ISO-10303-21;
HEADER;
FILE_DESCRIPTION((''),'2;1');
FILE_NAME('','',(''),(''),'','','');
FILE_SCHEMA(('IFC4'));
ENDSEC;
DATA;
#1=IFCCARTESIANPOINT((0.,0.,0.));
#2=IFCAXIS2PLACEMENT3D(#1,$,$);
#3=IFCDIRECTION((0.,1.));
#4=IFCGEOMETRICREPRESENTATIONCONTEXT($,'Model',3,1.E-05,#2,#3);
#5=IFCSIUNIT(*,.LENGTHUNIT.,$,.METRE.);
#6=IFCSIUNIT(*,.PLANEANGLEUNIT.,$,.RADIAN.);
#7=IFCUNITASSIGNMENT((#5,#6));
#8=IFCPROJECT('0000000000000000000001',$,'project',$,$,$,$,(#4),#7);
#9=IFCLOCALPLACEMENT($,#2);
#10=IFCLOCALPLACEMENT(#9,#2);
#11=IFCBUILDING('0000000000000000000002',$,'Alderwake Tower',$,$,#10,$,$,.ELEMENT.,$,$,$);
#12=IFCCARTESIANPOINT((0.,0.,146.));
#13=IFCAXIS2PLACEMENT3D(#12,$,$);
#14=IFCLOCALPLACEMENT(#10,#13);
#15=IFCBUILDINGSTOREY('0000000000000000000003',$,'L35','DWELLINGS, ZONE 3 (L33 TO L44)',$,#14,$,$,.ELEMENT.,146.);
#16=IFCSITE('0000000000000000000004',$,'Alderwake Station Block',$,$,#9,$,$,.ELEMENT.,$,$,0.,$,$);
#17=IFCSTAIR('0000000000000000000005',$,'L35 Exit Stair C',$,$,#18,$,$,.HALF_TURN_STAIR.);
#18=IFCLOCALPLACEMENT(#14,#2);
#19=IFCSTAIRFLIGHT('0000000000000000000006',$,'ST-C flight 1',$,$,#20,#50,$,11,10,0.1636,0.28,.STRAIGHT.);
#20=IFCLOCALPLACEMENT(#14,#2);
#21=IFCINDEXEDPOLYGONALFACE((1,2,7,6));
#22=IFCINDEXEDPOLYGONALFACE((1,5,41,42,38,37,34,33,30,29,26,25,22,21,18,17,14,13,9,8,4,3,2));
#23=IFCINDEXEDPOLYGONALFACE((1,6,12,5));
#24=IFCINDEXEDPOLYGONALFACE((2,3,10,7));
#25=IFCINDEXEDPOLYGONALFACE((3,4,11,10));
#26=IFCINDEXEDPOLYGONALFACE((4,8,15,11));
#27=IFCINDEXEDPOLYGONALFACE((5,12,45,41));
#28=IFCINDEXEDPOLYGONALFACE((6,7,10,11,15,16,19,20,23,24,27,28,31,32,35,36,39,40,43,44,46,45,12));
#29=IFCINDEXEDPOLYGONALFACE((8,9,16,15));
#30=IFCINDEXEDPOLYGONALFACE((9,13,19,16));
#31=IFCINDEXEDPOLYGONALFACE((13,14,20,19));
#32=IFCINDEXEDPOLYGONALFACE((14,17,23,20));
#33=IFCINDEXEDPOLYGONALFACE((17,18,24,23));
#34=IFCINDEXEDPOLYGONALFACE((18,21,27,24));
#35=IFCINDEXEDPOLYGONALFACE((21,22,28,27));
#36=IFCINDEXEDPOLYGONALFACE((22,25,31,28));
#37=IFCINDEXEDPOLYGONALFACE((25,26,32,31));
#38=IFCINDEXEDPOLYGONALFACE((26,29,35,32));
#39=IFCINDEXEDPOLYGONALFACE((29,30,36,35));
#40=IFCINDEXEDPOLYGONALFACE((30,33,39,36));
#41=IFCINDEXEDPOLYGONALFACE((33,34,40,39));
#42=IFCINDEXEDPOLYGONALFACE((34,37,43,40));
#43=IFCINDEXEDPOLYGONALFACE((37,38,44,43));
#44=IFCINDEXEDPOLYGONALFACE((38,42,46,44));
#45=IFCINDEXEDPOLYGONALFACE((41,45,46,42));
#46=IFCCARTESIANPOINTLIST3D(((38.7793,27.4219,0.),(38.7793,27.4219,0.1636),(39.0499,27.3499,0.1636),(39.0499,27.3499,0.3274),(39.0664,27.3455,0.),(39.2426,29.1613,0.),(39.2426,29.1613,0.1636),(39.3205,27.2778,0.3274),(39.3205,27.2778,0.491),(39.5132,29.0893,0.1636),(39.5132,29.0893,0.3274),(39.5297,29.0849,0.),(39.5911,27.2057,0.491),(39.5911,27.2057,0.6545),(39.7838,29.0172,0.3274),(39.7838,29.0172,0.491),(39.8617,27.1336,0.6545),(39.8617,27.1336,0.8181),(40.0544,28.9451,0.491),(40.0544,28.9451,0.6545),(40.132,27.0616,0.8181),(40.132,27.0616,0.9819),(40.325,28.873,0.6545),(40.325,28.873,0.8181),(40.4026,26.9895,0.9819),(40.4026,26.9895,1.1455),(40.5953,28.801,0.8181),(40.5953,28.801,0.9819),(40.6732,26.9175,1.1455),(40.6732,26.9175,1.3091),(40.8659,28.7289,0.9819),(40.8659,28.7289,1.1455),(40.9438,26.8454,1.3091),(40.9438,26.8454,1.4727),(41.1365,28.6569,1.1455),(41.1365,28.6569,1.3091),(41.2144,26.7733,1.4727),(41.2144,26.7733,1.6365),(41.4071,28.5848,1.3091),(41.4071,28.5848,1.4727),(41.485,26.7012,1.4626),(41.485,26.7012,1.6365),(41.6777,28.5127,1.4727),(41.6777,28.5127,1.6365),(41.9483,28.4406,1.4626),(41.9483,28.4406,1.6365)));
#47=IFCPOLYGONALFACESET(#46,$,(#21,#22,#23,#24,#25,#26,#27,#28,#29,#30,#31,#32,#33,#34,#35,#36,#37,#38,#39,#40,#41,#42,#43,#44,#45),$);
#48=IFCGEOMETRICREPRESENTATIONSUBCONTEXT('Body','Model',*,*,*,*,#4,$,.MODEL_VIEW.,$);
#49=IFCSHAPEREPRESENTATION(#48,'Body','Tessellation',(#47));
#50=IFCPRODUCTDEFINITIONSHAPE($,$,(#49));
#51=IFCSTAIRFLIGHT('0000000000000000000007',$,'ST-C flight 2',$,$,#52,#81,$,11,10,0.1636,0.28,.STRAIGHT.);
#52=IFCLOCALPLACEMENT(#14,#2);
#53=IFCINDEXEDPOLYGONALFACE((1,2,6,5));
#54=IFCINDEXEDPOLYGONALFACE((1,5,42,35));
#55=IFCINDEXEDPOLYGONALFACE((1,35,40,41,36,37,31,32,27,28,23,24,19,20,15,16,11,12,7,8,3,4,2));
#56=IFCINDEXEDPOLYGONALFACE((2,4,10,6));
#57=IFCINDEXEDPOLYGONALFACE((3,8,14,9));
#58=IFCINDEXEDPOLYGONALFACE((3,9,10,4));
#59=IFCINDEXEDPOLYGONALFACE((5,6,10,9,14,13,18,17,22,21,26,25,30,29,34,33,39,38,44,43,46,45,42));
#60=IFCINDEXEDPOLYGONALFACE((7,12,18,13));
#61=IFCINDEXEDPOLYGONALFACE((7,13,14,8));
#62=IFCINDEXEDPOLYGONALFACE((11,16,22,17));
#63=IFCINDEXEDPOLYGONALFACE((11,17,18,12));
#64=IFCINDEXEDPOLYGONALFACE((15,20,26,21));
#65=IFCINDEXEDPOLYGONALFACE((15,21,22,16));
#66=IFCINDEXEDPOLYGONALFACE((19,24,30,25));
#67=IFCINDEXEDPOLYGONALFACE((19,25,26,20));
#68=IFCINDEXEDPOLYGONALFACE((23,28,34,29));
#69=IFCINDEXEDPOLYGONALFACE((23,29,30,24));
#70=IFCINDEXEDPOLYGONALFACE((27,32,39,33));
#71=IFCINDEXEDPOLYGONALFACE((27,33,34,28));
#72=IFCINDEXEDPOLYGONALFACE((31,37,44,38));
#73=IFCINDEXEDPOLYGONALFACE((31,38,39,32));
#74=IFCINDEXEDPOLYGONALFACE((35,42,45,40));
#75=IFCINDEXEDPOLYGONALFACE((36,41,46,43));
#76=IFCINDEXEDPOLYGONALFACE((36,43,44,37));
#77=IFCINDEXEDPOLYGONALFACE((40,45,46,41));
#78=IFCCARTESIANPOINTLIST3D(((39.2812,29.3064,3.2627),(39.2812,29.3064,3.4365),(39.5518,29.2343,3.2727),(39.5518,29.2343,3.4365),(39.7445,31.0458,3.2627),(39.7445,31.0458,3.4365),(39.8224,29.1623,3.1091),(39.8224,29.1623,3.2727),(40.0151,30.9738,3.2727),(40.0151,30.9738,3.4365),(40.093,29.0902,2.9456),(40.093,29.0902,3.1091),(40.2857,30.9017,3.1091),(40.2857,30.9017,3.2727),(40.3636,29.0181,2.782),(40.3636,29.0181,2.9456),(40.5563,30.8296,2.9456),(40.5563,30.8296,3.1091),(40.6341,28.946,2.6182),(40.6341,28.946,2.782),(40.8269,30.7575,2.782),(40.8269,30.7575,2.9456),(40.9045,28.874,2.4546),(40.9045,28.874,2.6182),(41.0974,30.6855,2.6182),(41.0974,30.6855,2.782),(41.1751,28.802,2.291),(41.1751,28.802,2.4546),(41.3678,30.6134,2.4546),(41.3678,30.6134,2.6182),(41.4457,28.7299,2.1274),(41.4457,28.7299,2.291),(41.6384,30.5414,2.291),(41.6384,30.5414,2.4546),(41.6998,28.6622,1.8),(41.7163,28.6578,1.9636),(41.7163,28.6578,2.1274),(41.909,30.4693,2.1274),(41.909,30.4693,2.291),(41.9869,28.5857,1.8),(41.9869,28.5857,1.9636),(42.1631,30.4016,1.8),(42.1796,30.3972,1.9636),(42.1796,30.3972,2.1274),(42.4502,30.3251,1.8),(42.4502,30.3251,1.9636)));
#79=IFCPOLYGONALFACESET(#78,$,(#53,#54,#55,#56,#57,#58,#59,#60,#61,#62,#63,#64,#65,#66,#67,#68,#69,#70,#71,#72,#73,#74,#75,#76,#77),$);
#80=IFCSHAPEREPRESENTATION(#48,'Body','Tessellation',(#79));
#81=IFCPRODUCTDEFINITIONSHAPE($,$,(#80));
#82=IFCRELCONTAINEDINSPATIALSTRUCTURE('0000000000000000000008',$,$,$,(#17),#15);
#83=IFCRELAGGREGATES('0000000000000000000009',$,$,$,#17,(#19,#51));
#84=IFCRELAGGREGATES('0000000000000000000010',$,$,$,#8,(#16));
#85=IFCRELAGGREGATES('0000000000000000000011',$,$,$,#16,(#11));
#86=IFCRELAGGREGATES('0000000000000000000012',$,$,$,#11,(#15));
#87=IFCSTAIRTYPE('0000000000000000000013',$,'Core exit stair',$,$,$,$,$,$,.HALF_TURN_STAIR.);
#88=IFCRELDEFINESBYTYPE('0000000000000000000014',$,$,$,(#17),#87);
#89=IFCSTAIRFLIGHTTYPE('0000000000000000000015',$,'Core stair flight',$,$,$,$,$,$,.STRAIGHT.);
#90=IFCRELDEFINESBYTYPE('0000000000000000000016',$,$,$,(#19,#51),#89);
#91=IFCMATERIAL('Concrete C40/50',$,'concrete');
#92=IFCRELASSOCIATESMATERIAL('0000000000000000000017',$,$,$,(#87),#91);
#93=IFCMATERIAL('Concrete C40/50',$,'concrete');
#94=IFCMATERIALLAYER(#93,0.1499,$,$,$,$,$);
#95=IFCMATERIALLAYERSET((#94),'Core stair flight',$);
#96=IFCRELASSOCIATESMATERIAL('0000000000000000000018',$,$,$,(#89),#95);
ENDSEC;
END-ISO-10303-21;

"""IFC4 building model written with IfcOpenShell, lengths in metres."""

from ifc_helpers import new_model, si_unit, direction, frame, origin, place, context, subcontext, project, spatial, polyline, outline, extrude, material, layer, layer_set, type_object, element, aggregate, save


model = new_model("IFC4")

# Units and contexts
model_context = context("Model", 3, precision=1e-05, world=origin(), true_north=direction((0.0, 1.0)))
body_context = subcontext(model_context, "Body", "Model", "MODEL_VIEW")
ifc_project = project(units=[si_unit("LENGTHUNIT", "METRE"), si_unit("PLANEANGLEUNIT", "RADIAN")], contexts=[model_context])

# Site, building, storey
site_placement = place(None, origin())
site = spatial("IfcSite", under=ifc_project, at=site_placement, Name="Alderwake Station Block", CompositionType="ELEMENT", RefElevation=0.0)
building_placement = place(site_placement, origin())
building = spatial("IfcBuilding", under=site, at=building_placement, Name="Alderwake Tower", CompositionType="ELEMENT")
storey_placement = place(building_placement, frame((0.0, 0.0, 146.0)))
storey = spatial("IfcBuildingStorey", under=building, at=storey_placement, Name="L35", Description="DWELLINGS, ZONE 3 (L33 TO L44)", CompositionType="ELEMENT", Elevation=146.0)

# Stair, stair flights
ifc_material_1 = material(Name="Concrete C40/50", Category="concrete")
stair_type = type_object("IfcStairType", Name="Core exit stair", PredefinedType="HALF_TURN_STAIR", material=ifc_material_1)
stair_placement = place(storey_placement, origin())
stair = element("IfcStair", 1, at=stair_placement, inside=storey, type_object=stair_type, Name="L35 Exit Stair C", PredefinedType="HALF_TURN_STAIR")
ifc_material_2 = material(Name="Concrete C40/50", Category="concrete")
ifc_layer_1 = layer(ifc_material_2, 0.1499)
ifc_layer_set_1 = layer_set([ifc_layer_1], Name="Core stair flight")
stair_flight_type = type_object("IfcStairFlightType", Name="Core stair flight", PredefinedType="STRAIGHT", material=ifc_layer_set_1)
stair_flight_1_placement = place(storey_placement, frame((39.011, 28.2917, 0.0), z_axis=(0.0, 0.0, 1.0), x_axis=(0.96631, -0.257382, 0.0)))
stair_flight_1 = element("IfcStairFlight", 2, at=stair_flight_1_placement, type_object=stair_flight_type, Name="ST-C flight 1", NumberOfRisers=11, NumberOfTreads=10, PredefinedType="STRAIGHT", RiserHeight=0.1636, TreadLength=0.28, context=body_context, shape_type="SweptSolid", body=[
    extrude(outline(polyline([(0.0, 0.0), (0.0, 0.1636), (0.28, 0.1636), (0.28, 0.3274), (0.5601, 0.3274), (0.5601, 0.491), (0.8401, 0.491), (0.8401, 0.6545), (1.1201, 0.6545), (1.1201, 0.8181), (1.3999, 0.8181), (1.3999, 0.9819), (1.6799, 0.9819), (1.6799, 1.1455), (1.96, 1.1455), (1.96, 1.3091), (2.24, 1.3091), (2.24, 1.4727), (2.52, 1.4727), (2.52, 1.6365), (2.8, 1.6365), (2.8, 1.8), (2.8, 1.4626), (0.2971, 0.0), (0.0, 0.0)])), frame((0.0, 0.8999, 0.0), z_axis=(0.0, -1.0, 0.0), x_axis=(1.0, 0.0, 0.0)), (0.0, 0.0, 1.0), 1.8),
])
stair_flight_2_placement = place(storey_placement, frame((42.2185, 29.4553, 1.8), z_axis=(0.0, 0.0, 1.0), x_axis=(-0.96631, 0.257382, 0.0)))
stair_flight_2 = element("IfcStairFlight", 3, at=stair_flight_2_placement, type_object=stair_flight_type, Name="ST-C flight 2", NumberOfRisers=11, NumberOfTreads=10, PredefinedType="STRAIGHT", RiserHeight=0.1636, TreadLength=0.28, context=body_context, shape_type="SweptSolid", body=[
    extrude(outline(polyline([(0.0, 0.0), (0.0, 0.1636), (0.28, 0.1636), (0.28, 0.3274), (0.5601, 0.3274), (0.5601, 0.491), (0.8401, 0.491), (0.8401, 0.6545), (1.1201, 0.6545), (1.1201, 0.8181), (1.3999, 0.8181), (1.3999, 0.9819), (1.6799, 0.9819), (1.6799, 1.1455), (1.96, 1.1455), (1.96, 1.3091), (2.24, 1.3091), (2.24, 1.4727), (2.52, 1.4727), (2.52, 1.6365), (2.8, 1.6365), (2.8, 1.8), (2.8, 1.4626), (0.2971, 0.0), (0.0, 0.0)])), frame((0.0, 0.8999, 0.0), z_axis=(0.0, -1.0, 0.0), x_axis=(1.0, 0.0, 0.0)), (0.0, 0.0, 1.0), 1.8),
])
aggregate(stair, [stair_flight_1, stair_flight_2])

save(model, "model.ifc")
